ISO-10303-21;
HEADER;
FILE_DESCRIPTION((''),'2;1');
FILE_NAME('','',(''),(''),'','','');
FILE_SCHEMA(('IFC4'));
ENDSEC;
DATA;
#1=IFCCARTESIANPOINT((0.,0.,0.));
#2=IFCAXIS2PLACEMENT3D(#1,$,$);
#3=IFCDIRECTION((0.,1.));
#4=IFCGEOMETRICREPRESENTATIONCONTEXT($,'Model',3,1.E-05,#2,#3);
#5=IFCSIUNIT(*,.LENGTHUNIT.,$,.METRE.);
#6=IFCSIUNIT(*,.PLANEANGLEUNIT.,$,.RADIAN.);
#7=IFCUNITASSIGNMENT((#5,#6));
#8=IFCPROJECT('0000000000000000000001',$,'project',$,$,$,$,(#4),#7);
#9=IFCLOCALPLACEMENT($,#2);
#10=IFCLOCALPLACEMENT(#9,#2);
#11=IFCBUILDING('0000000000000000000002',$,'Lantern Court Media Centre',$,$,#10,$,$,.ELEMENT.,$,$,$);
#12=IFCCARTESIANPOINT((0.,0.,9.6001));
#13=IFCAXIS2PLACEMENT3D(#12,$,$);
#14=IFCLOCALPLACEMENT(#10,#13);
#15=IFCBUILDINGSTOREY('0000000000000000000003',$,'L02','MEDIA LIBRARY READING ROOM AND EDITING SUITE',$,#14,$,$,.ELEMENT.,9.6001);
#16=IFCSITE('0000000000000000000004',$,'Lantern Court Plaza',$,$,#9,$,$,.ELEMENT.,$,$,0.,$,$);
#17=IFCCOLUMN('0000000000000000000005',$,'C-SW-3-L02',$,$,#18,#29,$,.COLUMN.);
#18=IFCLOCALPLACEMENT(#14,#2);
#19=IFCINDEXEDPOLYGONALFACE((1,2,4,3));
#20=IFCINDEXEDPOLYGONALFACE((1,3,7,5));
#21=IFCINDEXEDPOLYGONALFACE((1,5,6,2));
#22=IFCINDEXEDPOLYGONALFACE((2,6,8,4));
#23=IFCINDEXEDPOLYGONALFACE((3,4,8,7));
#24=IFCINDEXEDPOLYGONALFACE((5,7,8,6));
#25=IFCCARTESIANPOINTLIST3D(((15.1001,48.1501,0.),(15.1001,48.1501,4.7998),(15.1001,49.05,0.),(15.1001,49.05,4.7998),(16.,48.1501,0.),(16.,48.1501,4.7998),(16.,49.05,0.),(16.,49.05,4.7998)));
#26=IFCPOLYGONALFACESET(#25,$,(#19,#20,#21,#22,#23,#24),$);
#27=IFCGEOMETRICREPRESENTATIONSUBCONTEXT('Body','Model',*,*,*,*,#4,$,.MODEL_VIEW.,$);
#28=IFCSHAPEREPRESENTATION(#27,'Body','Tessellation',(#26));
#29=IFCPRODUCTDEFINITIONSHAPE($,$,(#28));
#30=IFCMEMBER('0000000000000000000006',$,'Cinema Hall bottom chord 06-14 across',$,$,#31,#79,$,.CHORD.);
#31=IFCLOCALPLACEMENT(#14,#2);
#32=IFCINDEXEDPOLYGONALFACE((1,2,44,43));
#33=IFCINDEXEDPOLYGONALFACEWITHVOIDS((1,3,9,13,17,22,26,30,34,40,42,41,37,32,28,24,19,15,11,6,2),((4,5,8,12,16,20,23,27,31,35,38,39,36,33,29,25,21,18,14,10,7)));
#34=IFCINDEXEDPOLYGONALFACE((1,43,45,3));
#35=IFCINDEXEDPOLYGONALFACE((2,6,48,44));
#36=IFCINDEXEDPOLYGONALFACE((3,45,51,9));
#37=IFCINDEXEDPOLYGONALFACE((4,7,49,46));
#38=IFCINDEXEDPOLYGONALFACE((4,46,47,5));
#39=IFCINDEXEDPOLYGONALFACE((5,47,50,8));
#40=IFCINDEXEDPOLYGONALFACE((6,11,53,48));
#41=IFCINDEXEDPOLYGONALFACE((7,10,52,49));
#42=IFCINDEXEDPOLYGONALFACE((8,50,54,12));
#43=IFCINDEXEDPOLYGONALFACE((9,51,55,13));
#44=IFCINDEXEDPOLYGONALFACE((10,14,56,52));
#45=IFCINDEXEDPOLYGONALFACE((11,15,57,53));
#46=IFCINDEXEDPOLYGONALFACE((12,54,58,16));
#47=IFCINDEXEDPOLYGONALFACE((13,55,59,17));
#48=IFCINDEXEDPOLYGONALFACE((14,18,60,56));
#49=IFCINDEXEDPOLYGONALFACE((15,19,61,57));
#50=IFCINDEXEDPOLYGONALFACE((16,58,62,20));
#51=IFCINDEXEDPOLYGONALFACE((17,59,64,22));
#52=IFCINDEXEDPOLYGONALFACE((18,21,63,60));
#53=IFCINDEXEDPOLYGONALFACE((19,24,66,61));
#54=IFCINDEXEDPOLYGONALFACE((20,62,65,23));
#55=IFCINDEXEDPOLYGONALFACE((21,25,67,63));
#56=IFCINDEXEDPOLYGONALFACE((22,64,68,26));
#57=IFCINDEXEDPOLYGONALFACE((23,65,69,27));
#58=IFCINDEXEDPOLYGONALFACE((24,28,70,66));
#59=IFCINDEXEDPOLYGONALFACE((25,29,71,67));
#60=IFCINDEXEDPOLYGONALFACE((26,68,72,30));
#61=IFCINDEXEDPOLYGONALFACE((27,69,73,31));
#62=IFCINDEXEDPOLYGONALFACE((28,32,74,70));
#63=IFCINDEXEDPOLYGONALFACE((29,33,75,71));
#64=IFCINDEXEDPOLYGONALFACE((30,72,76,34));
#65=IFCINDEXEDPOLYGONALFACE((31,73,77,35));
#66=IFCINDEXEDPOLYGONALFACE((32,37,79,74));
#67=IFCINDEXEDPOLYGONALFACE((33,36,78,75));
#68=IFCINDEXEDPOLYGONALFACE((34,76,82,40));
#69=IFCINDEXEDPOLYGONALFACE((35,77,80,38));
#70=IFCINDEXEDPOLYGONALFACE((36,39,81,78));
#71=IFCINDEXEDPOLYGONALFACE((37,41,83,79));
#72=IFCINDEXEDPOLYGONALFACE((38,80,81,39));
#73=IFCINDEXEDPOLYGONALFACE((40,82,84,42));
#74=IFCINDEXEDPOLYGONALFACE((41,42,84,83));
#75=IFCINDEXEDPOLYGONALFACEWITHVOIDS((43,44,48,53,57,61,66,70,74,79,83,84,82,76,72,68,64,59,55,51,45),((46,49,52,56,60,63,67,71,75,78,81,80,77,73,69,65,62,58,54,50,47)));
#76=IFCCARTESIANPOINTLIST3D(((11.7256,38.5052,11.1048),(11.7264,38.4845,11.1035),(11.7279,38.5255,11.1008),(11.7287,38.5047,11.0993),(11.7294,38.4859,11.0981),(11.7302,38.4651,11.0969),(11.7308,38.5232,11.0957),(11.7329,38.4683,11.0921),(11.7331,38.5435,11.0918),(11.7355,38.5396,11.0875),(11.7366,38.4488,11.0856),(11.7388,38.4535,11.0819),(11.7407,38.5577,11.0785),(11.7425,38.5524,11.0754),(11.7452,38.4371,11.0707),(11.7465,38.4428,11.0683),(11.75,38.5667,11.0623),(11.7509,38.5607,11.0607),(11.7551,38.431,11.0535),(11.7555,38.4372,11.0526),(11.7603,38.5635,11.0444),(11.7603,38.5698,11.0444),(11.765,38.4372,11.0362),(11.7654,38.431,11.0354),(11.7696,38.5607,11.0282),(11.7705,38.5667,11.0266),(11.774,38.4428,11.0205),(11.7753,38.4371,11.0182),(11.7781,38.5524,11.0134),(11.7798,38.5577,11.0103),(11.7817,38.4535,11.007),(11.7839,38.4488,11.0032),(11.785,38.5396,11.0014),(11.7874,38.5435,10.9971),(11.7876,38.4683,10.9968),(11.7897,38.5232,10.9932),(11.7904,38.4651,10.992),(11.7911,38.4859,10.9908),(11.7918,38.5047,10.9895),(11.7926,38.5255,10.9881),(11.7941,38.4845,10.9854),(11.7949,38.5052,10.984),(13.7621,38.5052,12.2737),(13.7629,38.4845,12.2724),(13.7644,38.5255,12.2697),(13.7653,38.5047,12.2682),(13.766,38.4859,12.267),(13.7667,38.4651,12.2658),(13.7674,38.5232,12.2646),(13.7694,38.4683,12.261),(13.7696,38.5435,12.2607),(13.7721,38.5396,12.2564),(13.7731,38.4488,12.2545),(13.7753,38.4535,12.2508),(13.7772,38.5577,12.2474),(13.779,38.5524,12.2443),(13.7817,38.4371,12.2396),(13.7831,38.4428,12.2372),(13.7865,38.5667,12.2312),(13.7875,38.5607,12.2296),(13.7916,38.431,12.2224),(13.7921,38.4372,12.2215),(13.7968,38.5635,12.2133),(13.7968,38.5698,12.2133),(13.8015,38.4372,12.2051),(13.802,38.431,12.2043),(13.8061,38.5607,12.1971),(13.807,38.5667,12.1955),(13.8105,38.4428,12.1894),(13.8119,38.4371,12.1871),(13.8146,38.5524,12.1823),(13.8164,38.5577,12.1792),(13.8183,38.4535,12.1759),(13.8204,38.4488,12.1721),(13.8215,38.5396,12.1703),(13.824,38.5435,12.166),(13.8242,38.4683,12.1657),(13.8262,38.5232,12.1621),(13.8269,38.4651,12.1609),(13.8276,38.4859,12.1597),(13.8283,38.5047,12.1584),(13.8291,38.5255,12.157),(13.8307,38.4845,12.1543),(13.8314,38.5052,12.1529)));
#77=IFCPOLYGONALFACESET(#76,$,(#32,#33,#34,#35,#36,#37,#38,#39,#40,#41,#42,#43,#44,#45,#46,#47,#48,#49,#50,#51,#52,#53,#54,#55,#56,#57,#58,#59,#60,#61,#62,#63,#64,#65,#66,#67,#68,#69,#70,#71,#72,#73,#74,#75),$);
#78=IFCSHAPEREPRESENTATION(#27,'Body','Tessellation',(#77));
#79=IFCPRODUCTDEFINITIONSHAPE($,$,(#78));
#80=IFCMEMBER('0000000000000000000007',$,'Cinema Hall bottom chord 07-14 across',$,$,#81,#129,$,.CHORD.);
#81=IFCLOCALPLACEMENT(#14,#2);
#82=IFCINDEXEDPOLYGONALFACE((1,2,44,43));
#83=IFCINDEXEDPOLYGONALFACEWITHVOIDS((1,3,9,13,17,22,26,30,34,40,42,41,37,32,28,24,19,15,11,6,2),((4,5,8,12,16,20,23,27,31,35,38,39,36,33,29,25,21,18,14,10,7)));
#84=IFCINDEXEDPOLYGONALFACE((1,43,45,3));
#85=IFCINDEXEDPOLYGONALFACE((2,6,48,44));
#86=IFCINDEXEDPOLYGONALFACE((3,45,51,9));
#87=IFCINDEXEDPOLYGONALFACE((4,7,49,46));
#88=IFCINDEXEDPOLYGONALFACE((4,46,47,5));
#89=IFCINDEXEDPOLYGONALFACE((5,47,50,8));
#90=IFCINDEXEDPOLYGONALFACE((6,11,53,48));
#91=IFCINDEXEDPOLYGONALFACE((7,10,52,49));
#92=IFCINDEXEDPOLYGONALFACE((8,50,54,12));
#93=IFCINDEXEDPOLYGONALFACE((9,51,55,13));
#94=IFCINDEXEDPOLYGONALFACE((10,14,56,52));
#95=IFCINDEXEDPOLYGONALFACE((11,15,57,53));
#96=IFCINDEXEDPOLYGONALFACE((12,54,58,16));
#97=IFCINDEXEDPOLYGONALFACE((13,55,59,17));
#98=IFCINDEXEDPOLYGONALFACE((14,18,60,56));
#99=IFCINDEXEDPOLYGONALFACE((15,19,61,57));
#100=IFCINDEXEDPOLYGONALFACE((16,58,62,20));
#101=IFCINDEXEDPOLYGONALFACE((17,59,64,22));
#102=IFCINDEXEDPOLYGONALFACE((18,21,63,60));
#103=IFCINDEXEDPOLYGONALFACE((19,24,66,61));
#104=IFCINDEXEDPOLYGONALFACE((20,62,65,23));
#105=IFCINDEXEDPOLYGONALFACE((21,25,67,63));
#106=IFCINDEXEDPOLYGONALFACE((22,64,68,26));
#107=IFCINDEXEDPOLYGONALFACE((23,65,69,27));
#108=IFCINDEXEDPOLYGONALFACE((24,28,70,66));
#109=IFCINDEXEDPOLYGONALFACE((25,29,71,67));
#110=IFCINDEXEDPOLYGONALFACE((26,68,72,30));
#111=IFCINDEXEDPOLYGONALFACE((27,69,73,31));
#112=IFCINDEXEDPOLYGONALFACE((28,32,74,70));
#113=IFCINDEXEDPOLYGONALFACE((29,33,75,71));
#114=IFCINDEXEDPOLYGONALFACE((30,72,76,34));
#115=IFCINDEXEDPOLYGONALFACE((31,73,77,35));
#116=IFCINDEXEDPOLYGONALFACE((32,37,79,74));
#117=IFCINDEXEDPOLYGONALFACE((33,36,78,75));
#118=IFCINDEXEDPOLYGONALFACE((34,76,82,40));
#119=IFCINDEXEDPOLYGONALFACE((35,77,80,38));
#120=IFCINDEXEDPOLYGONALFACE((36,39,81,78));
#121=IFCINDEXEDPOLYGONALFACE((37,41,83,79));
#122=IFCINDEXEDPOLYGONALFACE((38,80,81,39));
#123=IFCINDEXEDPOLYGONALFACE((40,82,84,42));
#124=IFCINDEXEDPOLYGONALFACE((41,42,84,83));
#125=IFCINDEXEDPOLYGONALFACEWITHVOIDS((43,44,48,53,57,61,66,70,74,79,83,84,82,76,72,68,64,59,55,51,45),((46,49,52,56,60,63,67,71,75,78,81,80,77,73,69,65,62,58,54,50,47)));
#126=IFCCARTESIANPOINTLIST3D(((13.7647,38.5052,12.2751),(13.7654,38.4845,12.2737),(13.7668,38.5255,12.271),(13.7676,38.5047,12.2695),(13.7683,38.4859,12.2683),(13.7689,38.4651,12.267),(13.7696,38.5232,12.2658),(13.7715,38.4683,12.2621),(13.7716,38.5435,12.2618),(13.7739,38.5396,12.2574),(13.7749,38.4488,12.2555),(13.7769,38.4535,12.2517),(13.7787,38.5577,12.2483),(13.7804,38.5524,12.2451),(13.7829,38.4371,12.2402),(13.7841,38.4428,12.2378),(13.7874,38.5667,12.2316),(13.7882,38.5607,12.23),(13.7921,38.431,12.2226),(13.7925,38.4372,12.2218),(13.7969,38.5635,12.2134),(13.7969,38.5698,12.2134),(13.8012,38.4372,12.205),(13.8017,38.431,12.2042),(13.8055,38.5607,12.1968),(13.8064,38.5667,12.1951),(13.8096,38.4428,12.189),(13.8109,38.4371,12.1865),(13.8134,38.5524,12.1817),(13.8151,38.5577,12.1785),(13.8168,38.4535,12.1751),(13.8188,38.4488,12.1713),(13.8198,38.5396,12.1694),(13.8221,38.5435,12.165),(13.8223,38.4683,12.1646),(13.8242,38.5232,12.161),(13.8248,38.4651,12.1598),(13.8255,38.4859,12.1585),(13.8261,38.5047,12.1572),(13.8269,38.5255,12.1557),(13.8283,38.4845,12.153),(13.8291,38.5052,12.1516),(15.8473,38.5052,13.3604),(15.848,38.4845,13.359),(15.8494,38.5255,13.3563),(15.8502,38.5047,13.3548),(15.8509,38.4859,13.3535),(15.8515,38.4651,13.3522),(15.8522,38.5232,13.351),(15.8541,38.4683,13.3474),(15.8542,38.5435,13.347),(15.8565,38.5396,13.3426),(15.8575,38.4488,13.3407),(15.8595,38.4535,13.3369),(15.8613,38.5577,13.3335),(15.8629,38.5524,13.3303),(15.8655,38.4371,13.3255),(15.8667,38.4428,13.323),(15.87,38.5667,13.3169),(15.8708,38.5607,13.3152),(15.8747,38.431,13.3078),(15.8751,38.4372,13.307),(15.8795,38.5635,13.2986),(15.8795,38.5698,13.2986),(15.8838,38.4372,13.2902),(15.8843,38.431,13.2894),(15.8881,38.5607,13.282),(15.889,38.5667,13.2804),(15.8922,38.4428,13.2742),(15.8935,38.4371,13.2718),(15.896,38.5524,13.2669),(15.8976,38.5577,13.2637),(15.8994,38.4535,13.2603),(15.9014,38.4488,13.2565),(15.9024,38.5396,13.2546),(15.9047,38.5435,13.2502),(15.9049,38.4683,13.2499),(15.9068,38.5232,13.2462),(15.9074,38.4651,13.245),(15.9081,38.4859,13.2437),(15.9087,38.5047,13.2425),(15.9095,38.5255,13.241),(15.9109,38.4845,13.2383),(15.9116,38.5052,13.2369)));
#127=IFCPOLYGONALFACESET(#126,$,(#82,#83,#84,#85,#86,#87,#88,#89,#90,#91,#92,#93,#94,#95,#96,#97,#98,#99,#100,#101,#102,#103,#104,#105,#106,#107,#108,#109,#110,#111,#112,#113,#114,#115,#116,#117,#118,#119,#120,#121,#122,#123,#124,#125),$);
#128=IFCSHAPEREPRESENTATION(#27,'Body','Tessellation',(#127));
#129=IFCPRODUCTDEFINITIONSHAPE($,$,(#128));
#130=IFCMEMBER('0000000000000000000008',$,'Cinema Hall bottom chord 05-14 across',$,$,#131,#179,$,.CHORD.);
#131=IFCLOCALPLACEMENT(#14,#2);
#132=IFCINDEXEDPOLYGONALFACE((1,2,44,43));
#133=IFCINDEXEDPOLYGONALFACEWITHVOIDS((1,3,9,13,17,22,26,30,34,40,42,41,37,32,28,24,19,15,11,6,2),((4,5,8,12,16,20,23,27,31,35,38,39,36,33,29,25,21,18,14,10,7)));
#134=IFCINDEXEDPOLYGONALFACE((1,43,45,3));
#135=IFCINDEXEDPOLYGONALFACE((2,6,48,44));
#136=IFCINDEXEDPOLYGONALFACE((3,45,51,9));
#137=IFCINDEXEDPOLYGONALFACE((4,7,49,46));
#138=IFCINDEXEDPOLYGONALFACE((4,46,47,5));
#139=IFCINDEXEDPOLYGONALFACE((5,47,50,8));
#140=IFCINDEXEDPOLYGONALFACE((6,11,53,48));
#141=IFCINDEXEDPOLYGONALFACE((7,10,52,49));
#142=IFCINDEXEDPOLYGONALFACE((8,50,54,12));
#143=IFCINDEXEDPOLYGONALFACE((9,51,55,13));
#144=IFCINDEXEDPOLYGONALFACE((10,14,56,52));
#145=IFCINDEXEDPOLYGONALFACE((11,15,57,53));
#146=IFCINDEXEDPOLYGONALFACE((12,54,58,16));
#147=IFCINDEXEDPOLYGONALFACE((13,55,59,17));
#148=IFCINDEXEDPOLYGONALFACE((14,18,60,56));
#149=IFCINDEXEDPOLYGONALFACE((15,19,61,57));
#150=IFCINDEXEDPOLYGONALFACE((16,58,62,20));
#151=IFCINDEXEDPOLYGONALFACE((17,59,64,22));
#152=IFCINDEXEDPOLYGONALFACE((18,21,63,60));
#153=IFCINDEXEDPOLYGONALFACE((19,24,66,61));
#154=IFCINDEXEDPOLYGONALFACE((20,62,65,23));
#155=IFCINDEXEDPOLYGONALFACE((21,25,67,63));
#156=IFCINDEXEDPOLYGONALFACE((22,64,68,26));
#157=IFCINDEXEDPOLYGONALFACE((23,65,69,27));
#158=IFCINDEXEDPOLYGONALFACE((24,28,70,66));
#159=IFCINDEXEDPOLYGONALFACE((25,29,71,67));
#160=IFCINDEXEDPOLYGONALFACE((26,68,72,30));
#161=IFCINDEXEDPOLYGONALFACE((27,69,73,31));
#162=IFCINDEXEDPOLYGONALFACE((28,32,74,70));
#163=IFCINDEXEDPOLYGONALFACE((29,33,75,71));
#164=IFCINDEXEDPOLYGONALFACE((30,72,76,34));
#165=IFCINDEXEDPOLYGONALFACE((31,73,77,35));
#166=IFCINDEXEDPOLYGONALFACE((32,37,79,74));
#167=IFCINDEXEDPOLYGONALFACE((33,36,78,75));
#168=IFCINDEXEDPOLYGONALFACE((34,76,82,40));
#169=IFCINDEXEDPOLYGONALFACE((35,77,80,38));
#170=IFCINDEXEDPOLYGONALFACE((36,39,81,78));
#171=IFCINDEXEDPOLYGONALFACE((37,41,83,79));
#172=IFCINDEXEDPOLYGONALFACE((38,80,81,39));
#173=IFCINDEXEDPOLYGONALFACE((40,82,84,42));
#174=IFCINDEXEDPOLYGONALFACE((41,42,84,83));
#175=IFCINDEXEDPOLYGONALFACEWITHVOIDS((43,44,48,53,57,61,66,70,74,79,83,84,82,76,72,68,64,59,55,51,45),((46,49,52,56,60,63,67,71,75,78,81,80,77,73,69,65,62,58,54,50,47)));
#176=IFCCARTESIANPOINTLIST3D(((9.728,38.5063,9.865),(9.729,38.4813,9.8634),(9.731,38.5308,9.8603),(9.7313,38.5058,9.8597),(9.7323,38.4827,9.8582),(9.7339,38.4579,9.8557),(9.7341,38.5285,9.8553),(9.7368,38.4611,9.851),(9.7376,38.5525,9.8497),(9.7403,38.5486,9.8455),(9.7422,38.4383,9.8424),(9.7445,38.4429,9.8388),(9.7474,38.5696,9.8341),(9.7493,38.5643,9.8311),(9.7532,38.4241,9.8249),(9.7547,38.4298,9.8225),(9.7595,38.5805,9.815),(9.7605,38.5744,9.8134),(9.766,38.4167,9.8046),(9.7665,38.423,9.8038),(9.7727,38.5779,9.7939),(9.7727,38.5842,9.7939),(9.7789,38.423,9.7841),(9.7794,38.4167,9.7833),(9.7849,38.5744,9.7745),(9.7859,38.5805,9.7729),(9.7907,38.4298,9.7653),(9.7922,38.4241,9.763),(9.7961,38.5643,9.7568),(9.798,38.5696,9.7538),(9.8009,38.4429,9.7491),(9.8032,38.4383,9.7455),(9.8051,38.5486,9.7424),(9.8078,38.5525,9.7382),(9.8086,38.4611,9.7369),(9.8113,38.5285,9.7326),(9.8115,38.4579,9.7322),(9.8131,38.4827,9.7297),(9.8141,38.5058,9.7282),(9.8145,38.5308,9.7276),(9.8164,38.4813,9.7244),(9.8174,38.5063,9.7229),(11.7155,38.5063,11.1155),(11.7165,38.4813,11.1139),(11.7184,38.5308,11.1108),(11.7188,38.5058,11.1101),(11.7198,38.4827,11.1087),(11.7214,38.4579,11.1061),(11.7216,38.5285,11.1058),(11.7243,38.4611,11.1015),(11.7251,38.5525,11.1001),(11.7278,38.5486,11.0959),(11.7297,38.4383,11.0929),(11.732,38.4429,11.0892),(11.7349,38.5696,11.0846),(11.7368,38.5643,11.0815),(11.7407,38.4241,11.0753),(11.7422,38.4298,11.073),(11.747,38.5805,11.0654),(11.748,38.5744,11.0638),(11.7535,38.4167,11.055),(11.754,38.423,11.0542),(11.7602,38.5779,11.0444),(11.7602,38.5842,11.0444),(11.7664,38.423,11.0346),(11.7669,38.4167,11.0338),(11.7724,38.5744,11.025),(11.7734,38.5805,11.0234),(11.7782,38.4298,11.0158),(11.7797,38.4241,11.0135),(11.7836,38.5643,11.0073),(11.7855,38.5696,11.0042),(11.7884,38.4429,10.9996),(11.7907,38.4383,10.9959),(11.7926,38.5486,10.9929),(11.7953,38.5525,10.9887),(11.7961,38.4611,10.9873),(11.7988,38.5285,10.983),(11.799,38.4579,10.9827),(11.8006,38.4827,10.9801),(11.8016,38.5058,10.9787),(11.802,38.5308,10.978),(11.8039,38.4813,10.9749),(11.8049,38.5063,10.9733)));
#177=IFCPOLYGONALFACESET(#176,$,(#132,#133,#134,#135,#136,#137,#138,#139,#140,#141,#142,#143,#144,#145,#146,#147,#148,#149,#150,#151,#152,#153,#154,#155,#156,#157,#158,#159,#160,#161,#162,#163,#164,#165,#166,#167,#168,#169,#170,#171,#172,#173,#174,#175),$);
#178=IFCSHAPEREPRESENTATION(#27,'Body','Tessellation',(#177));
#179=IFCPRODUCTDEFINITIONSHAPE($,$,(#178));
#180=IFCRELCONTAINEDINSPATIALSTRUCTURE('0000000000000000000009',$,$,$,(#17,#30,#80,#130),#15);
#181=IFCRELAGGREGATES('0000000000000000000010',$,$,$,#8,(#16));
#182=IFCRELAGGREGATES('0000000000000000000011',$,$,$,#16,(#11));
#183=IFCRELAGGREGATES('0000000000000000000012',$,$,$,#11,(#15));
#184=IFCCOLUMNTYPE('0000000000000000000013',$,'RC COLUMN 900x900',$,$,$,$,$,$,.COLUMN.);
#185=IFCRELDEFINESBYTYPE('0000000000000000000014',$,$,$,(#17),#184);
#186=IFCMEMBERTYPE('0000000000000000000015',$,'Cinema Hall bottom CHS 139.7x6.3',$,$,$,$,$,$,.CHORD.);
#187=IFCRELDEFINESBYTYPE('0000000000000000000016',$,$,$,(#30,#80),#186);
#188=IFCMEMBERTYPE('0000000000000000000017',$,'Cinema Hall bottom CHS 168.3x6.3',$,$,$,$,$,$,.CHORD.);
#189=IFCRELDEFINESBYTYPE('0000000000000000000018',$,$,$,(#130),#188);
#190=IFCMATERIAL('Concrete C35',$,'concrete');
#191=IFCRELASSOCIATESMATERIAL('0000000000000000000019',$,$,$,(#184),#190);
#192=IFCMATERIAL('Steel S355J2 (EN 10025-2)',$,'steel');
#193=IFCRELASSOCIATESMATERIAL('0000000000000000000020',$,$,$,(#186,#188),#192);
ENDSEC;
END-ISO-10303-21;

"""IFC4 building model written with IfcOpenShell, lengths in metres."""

from ifc_helpers import new_model, si_unit, direction, frame, origin, origin_2d, place, context, subcontext, project, spatial, rectangle, hollow_circle, extrude, material, material_profile, profile_set, type_object, element, save


model = new_model("IFC4")

# Units and contexts
model_context = context("Model", 3, precision=1e-05, world=origin(), true_north=direction((0.0, 1.0)))
body_context = subcontext(model_context, "Body", "Model", "MODEL_VIEW")
ifc_project = project(units=[si_unit("LENGTHUNIT", "METRE"), si_unit("PLANEANGLEUNIT", "RADIAN")], contexts=[model_context])

# Site, building, storey
site_placement = place(None, origin())
site = spatial("IfcSite", under=ifc_project, at=site_placement, Name="Lantern Court Plaza", CompositionType="ELEMENT", RefElevation=0.0)
building_placement = place(site_placement, origin())
building = spatial("IfcBuilding", under=site, at=building_placement, Name="Lantern Court Media Centre", CompositionType="ELEMENT")
storey_placement = place(building_placement, frame((0.0, 0.0, 9.6001)))
storey = spatial("IfcBuildingStorey", under=building, at=storey_placement, Name="L02", Description="MEDIA LIBRARY READING ROOM AND EDITING SUITE", CompositionType="ELEMENT", Elevation=9.6001)

# Column
ifc_material_1 = material(Name="Concrete C35", Category="concrete")
ifc_material_profile_1 = material_profile(ifc_material_1, rectangle(XDim=0.8999, YDim=0.8999, at=origin_2d()), Name="RC 900x900")
ifc_profile_set_1 = profile_set([ifc_material_profile_1], Name="Concrete C35")
column_type = type_object("IfcColumnType", Name="RC COLUMN 900x900", PredefinedType="COLUMN", material=ifc_profile_set_1)
column_placement = place(storey_placement, frame((15.55, 48.6001, 0.0), z_axis=(0.0, 0.0, 1.0), x_axis=(1.0, 0.0, 0.0)))
element("IfcColumn", 1, at=column_placement, inside=storey, type_object=column_type, Name="C-SW-3-L02", PredefinedType="COLUMN", context=body_context, shape_type="SweptSolid", body=[
    extrude(rectangle(XDim=0.8999, YDim=0.8999, at=origin_2d()), origin(), (0.0, 0.0, 1.0), 4.7998),
])

# Members
ifc_material_2 = material(Name="Steel S355J2 (EN 10025-2)", Category="steel")
ifc_material_profile_2 = material_profile(ifc_material_2, hollow_circle(Radius=0.0698, WallThickness=0.0063, at=origin_2d()), Name="Cinema Hall bottom CHS 139.7x6.3")
ifc_profile_set_2 = profile_set([ifc_material_profile_2], Name="Steel S355J2 (EN 10025-2)")
member_type_1 = type_object("IfcMemberType", Name="Cinema Hall bottom CHS 139.7x6.3", PredefinedType="CHORD", material=ifc_profile_set_2)
member_1_placement = place(storey_placement, frame((11.7603, 38.5, 11.0444), z_axis=(0.867295, 0.0, 0.497795), x_axis=(0.0, 1.0, 0.0)))
element("IfcMember", 2, at=member_1_placement, inside=storey, type_object=member_type_1, Name="Cinema Hall bottom chord 06-14 across", PredefinedType="CHORD", context=body_context, shape_type="SweptSolid", body=[
    extrude(hollow_circle(Radius=0.0698, WallThickness=0.0063, at=origin_2d()), origin(), (0.0, 0.0, 1.0), 2.3481),
])
member_2_placement = place(storey_placement, frame((13.7969, 38.5, 12.2134), z_axis=(0.886816, 0.0, 0.462122), x_axis=(0.0, 1.0, 0.0)))
element("IfcMember", 3, at=member_2_placement, inside=storey, type_object=member_type_1, Name="Cinema Hall bottom chord 07-14 across", PredefinedType="CHORD", context=body_context, shape_type="SweptSolid", body=[
    extrude(hollow_circle(Radius=0.0698, WallThickness=0.0063, at=origin_2d()), origin(), (0.0, 0.0, 1.0), 2.3484),
])
ifc_material_profile_3 = material_profile(ifc_material_2, hollow_circle(Radius=0.0842, WallThickness=0.0063, at=origin_2d()), Name="Cinema Hall bottom CHS 168.3x6.3")
ifc_profile_set_3 = profile_set([ifc_material_profile_3], Name="Steel S355J2 (EN 10025-2)")
member_type_2 = type_object("IfcMemberType", Name="Cinema Hall bottom CHS 168.3x6.3", PredefinedType="CHORD", material=ifc_profile_set_3)
member_3_placement = place(storey_placement, frame((9.7727, 38.5, 9.7939), z_axis=(0.846412, 0.0, 0.532529), x_axis=(0.0, 1.0, 0.0)))
element("IfcMember", 4, at=member_3_placement, inside=storey, type_object=member_type_2, Name="Cinema Hall bottom chord 05-14 across", PredefinedType="CHORD", context=body_context, shape_type="SweptSolid", body=[
    extrude(hollow_circle(Radius=0.0842, WallThickness=0.0063, at=origin_2d()), origin(), (0.0, 0.0, 1.0), 2.3481),
])

save(model, "model.ifc")
